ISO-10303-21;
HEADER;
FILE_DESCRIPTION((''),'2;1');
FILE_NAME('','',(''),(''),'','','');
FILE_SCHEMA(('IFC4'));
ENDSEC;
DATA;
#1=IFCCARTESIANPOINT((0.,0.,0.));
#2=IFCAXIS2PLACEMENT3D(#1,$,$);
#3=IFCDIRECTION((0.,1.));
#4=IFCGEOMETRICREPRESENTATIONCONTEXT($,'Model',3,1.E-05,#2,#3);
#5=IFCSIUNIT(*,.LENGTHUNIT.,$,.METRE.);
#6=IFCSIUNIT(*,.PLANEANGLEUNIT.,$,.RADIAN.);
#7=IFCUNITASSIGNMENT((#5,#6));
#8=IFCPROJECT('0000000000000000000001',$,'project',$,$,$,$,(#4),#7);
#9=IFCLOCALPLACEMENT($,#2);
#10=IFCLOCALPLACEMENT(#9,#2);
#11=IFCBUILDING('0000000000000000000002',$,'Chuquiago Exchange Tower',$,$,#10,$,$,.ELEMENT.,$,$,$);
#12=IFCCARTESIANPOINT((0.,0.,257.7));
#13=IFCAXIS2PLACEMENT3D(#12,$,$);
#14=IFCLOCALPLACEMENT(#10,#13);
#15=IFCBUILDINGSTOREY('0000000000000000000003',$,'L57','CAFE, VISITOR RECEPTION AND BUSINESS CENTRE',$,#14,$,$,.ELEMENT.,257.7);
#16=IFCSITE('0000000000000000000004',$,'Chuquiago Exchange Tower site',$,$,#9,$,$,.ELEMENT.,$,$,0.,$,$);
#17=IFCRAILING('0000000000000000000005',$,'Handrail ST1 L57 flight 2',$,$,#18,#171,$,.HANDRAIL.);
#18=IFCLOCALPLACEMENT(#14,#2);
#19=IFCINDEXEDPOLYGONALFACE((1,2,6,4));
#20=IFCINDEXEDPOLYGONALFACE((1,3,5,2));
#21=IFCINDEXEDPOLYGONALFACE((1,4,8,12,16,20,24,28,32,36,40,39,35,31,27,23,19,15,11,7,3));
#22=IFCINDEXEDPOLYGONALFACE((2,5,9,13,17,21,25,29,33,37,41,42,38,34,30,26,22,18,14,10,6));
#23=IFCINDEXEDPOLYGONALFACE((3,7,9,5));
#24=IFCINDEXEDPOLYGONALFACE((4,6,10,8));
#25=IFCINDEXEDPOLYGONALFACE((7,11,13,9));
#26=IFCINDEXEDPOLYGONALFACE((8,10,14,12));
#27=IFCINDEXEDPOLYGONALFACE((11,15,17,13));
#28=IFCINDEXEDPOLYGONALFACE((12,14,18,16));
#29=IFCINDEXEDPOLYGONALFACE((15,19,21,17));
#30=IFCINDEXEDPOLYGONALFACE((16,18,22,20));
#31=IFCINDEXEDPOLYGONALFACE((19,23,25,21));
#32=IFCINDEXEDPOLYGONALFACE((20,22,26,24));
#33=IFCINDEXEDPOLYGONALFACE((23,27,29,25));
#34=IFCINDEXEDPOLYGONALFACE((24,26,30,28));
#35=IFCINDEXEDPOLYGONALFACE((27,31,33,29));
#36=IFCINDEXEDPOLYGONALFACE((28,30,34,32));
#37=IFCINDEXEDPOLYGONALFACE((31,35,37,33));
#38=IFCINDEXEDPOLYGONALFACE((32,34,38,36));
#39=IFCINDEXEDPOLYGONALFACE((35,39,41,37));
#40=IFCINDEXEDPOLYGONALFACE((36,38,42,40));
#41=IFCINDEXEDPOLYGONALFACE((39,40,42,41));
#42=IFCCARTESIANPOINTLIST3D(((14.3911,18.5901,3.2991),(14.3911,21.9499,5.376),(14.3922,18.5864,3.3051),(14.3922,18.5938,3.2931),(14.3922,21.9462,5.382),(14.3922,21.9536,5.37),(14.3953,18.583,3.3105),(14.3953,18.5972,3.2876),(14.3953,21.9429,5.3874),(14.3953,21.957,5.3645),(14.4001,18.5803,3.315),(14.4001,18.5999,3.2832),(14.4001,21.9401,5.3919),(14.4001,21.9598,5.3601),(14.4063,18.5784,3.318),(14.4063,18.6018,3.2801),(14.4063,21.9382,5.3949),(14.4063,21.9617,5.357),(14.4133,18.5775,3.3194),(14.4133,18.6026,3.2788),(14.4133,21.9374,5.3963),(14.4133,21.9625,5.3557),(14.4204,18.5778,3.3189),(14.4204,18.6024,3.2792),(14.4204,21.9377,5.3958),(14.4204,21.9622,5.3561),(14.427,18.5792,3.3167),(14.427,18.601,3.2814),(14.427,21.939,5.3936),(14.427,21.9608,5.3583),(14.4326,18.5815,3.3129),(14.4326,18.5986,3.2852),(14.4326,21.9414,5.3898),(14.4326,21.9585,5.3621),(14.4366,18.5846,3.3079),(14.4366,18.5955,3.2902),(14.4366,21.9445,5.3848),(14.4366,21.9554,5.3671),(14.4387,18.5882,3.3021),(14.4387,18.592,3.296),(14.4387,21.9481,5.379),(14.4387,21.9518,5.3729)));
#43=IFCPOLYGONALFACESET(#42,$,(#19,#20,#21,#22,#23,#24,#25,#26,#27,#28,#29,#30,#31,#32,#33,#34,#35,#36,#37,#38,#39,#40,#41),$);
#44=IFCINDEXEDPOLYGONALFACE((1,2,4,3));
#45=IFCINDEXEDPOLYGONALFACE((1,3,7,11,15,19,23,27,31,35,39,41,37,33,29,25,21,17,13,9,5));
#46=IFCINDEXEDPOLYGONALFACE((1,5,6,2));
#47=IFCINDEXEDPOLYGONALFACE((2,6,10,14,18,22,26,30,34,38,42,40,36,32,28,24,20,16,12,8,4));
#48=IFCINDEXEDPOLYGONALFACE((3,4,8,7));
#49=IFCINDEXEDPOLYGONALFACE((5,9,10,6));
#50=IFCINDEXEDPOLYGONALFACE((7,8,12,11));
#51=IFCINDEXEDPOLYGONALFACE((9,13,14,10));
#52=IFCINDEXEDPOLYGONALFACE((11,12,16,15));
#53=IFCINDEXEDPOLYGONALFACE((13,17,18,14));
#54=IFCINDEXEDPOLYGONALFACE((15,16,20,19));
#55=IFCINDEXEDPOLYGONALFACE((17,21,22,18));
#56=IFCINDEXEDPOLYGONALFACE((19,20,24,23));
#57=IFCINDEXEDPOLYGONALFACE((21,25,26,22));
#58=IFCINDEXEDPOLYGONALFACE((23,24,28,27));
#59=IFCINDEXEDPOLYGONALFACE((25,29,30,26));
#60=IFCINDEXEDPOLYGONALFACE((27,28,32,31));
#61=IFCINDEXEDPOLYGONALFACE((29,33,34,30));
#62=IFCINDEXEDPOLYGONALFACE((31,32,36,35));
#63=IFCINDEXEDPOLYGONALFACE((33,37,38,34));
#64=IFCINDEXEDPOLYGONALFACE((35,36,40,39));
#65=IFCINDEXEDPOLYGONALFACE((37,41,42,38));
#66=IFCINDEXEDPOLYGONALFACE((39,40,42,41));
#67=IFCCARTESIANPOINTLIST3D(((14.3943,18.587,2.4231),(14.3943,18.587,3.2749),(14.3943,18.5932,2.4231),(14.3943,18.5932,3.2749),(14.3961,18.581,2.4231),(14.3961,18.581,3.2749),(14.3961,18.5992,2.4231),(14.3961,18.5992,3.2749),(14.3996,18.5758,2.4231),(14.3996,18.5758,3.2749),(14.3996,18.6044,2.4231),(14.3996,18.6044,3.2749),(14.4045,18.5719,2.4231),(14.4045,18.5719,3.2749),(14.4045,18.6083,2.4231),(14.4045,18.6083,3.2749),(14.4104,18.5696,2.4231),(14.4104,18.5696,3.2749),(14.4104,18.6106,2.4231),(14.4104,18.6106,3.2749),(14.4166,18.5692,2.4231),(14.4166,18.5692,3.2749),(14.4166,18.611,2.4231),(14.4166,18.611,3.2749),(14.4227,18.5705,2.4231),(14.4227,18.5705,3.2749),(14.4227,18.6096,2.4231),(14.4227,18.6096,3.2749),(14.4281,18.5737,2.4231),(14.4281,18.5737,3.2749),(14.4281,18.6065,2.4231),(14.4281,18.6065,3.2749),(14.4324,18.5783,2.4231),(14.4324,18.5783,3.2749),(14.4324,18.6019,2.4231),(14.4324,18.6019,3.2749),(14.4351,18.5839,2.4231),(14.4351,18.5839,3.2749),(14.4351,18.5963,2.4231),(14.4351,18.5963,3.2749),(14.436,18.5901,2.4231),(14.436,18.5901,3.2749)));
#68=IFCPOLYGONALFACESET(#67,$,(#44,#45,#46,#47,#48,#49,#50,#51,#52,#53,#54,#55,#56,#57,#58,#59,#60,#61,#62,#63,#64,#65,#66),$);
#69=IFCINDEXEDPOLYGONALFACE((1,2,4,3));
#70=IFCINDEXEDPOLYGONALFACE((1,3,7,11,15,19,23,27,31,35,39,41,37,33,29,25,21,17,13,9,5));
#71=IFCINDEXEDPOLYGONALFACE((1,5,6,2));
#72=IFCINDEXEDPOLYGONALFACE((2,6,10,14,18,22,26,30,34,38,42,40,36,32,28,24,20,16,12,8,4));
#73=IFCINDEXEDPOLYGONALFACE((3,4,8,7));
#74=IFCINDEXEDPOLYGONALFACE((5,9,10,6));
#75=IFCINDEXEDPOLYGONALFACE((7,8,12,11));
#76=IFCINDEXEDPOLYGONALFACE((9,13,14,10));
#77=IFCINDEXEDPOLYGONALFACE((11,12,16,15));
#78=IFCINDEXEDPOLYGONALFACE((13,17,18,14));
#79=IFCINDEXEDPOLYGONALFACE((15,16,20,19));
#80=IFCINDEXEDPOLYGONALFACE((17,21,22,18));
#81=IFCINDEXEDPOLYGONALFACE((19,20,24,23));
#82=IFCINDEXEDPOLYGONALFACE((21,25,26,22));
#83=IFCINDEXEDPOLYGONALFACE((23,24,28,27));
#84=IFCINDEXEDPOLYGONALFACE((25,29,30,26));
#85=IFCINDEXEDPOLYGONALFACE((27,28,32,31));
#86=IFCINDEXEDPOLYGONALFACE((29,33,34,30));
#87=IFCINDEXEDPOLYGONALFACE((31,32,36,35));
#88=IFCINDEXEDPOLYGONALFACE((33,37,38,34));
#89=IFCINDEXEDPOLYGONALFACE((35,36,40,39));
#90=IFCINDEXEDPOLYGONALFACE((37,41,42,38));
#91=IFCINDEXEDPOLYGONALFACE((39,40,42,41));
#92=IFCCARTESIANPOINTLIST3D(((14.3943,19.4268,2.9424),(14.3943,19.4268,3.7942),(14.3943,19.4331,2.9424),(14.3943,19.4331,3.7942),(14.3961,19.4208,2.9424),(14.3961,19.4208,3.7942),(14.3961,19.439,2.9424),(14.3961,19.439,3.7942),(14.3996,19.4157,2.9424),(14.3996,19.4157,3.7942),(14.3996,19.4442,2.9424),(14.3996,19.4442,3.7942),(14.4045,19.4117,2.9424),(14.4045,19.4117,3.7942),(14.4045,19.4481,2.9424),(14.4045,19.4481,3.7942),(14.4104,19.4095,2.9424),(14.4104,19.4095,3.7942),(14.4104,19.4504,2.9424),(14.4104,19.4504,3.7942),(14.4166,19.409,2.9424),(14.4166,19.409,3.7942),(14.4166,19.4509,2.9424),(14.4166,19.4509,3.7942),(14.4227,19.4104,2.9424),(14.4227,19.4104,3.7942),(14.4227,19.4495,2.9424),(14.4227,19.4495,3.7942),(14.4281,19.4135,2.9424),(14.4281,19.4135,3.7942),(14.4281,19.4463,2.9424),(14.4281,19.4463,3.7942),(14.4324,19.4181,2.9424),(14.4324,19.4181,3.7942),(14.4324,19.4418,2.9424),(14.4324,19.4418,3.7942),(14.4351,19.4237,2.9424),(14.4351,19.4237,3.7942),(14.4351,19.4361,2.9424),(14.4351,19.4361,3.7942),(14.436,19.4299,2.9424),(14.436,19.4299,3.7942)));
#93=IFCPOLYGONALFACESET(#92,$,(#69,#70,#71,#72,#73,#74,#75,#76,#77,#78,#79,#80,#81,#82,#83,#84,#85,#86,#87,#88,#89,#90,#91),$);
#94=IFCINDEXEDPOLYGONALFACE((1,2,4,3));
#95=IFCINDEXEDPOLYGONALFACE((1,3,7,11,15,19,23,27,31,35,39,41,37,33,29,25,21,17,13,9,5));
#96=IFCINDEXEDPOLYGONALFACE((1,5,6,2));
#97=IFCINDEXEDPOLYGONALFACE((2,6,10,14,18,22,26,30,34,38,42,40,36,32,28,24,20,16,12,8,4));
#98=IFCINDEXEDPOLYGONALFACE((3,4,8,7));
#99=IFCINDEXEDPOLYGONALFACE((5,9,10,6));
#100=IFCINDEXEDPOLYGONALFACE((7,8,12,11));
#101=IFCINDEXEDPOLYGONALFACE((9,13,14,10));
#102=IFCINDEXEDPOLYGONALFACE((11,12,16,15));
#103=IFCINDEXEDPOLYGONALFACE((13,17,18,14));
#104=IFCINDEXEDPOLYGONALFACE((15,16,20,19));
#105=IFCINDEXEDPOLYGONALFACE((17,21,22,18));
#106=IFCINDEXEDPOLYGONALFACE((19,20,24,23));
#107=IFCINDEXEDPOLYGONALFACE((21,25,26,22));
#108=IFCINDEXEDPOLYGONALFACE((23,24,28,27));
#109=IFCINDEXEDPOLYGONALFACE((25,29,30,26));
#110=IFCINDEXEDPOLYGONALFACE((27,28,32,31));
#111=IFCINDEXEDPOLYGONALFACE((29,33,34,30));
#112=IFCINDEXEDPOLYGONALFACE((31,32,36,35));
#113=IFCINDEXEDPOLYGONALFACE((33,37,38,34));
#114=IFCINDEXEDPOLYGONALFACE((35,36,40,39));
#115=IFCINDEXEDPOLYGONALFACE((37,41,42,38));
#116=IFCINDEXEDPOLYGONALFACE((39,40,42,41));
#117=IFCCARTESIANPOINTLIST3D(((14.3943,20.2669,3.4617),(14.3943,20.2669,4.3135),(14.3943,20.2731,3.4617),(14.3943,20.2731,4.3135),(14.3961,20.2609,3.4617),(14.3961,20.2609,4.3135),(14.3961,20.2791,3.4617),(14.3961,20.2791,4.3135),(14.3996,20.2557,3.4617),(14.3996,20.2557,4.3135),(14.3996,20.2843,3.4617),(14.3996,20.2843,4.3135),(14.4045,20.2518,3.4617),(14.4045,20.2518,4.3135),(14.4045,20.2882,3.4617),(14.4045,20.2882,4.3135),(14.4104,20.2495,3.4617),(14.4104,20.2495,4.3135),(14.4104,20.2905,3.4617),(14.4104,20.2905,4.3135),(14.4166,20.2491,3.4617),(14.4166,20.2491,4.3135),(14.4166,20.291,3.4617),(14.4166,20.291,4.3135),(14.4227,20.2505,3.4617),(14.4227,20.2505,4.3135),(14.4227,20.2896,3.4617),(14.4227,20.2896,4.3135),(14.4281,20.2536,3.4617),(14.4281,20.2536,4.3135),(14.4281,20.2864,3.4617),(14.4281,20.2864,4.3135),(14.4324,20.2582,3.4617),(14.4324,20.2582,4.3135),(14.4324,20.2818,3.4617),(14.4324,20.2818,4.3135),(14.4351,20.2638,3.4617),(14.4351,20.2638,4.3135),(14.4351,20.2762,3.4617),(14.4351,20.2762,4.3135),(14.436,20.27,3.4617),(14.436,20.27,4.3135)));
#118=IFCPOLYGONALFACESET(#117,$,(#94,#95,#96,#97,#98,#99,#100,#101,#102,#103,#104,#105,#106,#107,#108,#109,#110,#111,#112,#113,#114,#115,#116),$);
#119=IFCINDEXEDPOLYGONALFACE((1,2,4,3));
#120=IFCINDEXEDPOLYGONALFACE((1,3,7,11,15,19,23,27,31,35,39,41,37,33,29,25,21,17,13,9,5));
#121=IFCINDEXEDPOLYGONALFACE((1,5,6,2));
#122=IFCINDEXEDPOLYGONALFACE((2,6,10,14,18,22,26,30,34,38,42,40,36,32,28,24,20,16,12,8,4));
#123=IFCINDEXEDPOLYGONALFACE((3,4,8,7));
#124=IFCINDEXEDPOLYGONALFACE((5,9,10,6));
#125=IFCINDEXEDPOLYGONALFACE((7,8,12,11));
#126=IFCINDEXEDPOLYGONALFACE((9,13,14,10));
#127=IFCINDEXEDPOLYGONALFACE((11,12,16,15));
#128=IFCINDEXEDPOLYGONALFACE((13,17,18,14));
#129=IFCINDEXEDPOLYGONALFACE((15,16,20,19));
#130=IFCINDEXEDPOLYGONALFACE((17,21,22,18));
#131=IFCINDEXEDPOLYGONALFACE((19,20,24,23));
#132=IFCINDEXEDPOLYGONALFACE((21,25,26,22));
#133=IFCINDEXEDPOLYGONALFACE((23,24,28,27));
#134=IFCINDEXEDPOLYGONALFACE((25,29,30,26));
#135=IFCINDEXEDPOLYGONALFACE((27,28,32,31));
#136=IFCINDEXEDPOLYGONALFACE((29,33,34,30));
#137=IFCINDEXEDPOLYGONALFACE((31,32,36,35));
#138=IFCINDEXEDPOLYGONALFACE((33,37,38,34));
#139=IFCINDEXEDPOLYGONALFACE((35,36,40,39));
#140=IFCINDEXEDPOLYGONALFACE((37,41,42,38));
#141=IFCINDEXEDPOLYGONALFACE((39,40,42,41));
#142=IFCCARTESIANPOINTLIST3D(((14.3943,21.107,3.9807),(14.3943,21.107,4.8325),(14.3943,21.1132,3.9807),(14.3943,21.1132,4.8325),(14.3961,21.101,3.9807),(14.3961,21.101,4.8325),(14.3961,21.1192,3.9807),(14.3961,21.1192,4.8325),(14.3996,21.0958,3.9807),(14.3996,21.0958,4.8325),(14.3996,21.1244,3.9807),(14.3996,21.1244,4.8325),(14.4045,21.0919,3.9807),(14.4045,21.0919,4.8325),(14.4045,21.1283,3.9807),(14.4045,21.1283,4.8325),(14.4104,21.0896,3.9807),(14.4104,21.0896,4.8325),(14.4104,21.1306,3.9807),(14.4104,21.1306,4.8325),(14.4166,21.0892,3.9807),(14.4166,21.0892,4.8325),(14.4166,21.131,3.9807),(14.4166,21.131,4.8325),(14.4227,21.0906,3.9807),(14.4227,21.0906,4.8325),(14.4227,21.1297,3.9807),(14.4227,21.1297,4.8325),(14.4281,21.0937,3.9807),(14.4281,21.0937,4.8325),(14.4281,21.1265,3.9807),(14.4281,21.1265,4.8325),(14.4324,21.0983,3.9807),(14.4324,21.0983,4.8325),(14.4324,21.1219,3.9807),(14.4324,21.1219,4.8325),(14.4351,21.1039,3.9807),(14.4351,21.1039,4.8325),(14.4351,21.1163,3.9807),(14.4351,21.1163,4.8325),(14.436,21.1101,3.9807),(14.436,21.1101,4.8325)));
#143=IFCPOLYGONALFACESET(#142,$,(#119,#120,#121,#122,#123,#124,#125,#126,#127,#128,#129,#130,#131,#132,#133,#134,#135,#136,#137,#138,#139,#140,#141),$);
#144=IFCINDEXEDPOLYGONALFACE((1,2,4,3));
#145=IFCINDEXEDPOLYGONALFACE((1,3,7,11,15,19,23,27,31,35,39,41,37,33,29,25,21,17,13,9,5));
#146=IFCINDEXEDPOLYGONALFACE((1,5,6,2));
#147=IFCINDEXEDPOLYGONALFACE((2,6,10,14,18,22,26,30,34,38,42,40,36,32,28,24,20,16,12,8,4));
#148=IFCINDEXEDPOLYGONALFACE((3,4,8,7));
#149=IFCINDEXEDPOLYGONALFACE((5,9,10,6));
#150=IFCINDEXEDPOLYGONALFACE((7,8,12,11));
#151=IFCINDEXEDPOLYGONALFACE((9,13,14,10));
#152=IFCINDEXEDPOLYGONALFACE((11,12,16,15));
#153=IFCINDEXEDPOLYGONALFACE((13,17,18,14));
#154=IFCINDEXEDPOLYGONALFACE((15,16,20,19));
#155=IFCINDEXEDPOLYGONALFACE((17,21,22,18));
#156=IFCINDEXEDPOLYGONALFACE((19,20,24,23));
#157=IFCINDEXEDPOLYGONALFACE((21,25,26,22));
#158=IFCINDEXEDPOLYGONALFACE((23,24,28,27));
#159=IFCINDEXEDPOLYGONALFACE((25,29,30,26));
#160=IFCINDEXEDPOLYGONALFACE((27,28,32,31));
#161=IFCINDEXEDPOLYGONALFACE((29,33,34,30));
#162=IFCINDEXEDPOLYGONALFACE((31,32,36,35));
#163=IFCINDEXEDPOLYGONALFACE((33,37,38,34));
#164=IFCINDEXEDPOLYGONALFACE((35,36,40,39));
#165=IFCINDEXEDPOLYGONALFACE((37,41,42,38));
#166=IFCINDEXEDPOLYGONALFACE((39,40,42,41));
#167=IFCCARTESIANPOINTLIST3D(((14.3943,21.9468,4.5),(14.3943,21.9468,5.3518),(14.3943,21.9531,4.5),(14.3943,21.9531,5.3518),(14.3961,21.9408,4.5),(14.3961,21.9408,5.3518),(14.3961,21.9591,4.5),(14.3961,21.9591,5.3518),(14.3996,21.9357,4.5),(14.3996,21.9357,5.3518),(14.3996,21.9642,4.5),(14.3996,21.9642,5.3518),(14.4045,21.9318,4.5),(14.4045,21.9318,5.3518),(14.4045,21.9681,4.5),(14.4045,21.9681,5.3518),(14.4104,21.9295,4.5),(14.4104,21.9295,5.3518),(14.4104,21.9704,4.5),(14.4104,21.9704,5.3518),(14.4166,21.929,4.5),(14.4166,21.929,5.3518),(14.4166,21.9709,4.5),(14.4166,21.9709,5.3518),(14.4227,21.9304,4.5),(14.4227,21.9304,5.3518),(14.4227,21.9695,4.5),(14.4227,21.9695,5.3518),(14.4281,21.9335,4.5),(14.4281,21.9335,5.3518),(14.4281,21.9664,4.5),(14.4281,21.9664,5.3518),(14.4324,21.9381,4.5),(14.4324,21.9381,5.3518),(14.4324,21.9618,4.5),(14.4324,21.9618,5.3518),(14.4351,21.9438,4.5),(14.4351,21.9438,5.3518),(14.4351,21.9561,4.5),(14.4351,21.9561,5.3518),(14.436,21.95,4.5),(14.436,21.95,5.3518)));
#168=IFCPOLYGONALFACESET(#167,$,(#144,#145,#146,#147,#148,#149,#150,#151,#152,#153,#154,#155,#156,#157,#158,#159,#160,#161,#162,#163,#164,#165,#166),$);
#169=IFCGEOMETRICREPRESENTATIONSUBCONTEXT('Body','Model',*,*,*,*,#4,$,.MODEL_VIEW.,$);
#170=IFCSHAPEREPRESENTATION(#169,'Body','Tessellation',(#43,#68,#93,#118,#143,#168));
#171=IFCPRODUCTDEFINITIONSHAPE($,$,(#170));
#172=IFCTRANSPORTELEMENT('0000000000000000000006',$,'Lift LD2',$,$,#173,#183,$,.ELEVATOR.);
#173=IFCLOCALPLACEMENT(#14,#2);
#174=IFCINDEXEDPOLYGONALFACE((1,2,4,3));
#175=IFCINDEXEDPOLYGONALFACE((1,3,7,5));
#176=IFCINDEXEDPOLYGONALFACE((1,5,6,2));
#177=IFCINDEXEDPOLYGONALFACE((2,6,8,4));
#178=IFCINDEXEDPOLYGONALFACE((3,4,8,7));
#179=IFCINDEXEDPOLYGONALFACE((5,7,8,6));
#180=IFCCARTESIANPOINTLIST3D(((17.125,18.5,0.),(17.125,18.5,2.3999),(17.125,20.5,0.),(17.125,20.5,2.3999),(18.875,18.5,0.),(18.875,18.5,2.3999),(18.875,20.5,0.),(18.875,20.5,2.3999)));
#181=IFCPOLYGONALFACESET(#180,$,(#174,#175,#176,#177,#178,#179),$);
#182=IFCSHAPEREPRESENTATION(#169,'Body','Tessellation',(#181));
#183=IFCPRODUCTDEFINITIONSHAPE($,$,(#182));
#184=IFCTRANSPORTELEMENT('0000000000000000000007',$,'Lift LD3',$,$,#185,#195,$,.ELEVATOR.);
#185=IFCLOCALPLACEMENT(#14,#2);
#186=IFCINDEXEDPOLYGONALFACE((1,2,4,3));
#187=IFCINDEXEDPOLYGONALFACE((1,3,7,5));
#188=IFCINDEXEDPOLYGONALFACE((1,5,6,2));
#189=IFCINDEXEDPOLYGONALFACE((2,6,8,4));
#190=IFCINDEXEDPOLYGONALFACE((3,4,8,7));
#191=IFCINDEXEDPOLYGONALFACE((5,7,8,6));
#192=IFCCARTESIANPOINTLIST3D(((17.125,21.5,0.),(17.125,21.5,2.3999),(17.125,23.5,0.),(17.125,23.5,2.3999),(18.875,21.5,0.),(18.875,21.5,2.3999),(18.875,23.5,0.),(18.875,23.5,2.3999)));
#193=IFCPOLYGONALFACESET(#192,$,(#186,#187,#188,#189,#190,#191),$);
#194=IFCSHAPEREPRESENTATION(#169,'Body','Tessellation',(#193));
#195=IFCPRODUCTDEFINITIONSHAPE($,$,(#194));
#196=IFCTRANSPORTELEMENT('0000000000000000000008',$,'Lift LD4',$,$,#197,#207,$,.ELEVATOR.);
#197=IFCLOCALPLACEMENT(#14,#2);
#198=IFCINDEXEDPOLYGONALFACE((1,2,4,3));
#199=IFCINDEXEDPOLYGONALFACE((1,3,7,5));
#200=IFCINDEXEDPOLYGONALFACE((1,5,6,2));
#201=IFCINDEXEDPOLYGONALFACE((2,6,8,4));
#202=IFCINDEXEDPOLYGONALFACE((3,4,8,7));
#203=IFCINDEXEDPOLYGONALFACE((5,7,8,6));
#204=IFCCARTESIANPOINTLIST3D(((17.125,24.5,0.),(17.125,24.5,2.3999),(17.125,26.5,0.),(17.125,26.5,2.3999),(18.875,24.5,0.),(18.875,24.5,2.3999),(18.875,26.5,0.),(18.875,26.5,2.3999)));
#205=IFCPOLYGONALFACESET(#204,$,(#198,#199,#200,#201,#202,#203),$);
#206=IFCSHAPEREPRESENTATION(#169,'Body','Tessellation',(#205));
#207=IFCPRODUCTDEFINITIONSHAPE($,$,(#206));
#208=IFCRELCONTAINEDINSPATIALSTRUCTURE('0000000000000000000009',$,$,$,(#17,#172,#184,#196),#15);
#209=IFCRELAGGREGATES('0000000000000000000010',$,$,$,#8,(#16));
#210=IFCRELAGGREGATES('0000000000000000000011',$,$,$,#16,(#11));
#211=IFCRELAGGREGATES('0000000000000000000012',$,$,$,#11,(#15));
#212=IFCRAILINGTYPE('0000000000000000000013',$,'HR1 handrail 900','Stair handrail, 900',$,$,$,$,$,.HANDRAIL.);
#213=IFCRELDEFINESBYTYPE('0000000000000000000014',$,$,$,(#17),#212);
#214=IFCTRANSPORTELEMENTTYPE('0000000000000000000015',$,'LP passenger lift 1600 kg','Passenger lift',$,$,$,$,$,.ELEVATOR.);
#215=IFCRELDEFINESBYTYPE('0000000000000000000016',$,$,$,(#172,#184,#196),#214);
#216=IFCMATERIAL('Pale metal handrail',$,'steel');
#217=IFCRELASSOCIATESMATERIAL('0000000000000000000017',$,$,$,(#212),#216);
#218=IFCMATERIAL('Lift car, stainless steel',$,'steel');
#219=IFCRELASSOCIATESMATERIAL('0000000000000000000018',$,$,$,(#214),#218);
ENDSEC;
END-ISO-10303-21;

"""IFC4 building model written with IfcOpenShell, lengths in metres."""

from ifc_helpers import new_model, si_unit, direction, frame, origin, origin_2d, place, context, subcontext, project, spatial, rectangle, circle, extrude, material, type_object, element, save


model = new_model("IFC4")

# Units and contexts
model_context = context("Model", 3, precision=1e-05, world=origin(), true_north=direction((0.0, 1.0)))
body_context = subcontext(model_context, "Body", "Model", "MODEL_VIEW")
ifc_project = project(units=[si_unit("LENGTHUNIT", "METRE"), si_unit("PLANEANGLEUNIT", "RADIAN")], contexts=[model_context])

# Site, building, storey
site_placement = place(None, origin())
site = spatial("IfcSite", under=ifc_project, at=site_placement, Name="Chuquiago Exchange Tower site", CompositionType="ELEMENT", RefElevation=0.0)
building_placement = place(site_placement, origin())
building = spatial("IfcBuilding", under=site, at=building_placement, Name="Chuquiago Exchange Tower", CompositionType="ELEMENT")
storey_placement = place(building_placement, frame((0.0, 0.0, 257.7)))
storey = spatial("IfcBuildingStorey", under=building, at=storey_placement, Name="L57", Description="CAFE, VISITOR RECEPTION AND BUSINESS CENTRE", CompositionType="ELEMENT", Elevation=257.7)

# Railing
ifc_material_1 = material(Name="Pale metal handrail", Category="steel")
railing_type_1 = type_object("IfcRailingType", Name="HR1 handrail 900", Description="Stair handrail, 900", PredefinedType="HANDRAIL", material=ifc_material_1)
for number, where, name in (
    (1, (14.415, 18.5901, 2.4231), "Handrail ST1 L57 flight 2"),
):
    element("IfcRailing", number, at=place(storey_placement, frame(where)), inside=storey, type_object=railing_type_1, Name=name, PredefinedType="HANDRAIL", context=body_context, shape_type="SweptSolid", body=[
        extrude(circle(Radius=0.0239, at=origin_2d()), frame((0.0, 0.0, 0.876), z_axis=(0.0, 0.850606, 0.525803), x_axis=(-1.0, 0.0, 0.0)), (0.0, 0.0, 1.0), 3.95),
        extrude(circle(Radius=0.021, at=origin_2d()), origin(), (0.0, 0.0, 1.0), 0.8518),
        extrude(circle(Radius=0.021, at=origin_2d()), frame((0.0, 0.8398, 0.5193)), (0.0, 0.0, 1.0), 0.8518),
        extrude(circle(Radius=0.021, at=origin_2d()), frame((0.0, 1.6799, 1.0386)), (0.0, 0.0, 1.0), 0.8518),
        extrude(circle(Radius=0.021, at=origin_2d()), frame((0.0, 2.52, 1.5576)), (0.0, 0.0, 1.0), 0.8518),
        extrude(circle(Radius=0.021, at=origin_2d()), frame((0.0, 3.3599, 2.0769)), (0.0, 0.0, 1.0), 0.8518),
    ])

# Transport elements
ifc_material_2 = material(Name="Lift car, stainless steel", Category="steel")
transport_element_type = type_object("IfcTransportElementType", Name="LP passenger lift 1600 kg", Description="Passenger lift", PredefinedType="ELEVATOR", material=ifc_material_2)
for number, where, z_axis, x_axis, name in (
    (2, (18.0, 19.5, 0.0), (0.0, 0.0, 1.0), (1.0, 0.0, 0.0), "Lift LD2"),
    (3, (18.0, 22.5, 0.0), (0.0, 0.0, 1.0), (1.0, 0.0, 0.0), "Lift LD3"),
    (4, (18.0, 25.5, 0.0), (0.0, 0.0, 1.0), (1.0, 0.0, 0.0), "Lift LD4"),
):
    element("IfcTransportElement", number, at=place(storey_placement, frame(where, z_axis=z_axis, x_axis=x_axis)), inside=storey, type_object=transport_element_type, Name=name, PredefinedType="ELEVATOR", context=body_context, shape_type="SweptSolid", body=[
        extrude(rectangle(XDim=1.75, YDim=2.0, at=origin_2d()), origin(), (0.0, 0.0, 1.0), 2.3999),
    ])

save(model, "model.ifc")
